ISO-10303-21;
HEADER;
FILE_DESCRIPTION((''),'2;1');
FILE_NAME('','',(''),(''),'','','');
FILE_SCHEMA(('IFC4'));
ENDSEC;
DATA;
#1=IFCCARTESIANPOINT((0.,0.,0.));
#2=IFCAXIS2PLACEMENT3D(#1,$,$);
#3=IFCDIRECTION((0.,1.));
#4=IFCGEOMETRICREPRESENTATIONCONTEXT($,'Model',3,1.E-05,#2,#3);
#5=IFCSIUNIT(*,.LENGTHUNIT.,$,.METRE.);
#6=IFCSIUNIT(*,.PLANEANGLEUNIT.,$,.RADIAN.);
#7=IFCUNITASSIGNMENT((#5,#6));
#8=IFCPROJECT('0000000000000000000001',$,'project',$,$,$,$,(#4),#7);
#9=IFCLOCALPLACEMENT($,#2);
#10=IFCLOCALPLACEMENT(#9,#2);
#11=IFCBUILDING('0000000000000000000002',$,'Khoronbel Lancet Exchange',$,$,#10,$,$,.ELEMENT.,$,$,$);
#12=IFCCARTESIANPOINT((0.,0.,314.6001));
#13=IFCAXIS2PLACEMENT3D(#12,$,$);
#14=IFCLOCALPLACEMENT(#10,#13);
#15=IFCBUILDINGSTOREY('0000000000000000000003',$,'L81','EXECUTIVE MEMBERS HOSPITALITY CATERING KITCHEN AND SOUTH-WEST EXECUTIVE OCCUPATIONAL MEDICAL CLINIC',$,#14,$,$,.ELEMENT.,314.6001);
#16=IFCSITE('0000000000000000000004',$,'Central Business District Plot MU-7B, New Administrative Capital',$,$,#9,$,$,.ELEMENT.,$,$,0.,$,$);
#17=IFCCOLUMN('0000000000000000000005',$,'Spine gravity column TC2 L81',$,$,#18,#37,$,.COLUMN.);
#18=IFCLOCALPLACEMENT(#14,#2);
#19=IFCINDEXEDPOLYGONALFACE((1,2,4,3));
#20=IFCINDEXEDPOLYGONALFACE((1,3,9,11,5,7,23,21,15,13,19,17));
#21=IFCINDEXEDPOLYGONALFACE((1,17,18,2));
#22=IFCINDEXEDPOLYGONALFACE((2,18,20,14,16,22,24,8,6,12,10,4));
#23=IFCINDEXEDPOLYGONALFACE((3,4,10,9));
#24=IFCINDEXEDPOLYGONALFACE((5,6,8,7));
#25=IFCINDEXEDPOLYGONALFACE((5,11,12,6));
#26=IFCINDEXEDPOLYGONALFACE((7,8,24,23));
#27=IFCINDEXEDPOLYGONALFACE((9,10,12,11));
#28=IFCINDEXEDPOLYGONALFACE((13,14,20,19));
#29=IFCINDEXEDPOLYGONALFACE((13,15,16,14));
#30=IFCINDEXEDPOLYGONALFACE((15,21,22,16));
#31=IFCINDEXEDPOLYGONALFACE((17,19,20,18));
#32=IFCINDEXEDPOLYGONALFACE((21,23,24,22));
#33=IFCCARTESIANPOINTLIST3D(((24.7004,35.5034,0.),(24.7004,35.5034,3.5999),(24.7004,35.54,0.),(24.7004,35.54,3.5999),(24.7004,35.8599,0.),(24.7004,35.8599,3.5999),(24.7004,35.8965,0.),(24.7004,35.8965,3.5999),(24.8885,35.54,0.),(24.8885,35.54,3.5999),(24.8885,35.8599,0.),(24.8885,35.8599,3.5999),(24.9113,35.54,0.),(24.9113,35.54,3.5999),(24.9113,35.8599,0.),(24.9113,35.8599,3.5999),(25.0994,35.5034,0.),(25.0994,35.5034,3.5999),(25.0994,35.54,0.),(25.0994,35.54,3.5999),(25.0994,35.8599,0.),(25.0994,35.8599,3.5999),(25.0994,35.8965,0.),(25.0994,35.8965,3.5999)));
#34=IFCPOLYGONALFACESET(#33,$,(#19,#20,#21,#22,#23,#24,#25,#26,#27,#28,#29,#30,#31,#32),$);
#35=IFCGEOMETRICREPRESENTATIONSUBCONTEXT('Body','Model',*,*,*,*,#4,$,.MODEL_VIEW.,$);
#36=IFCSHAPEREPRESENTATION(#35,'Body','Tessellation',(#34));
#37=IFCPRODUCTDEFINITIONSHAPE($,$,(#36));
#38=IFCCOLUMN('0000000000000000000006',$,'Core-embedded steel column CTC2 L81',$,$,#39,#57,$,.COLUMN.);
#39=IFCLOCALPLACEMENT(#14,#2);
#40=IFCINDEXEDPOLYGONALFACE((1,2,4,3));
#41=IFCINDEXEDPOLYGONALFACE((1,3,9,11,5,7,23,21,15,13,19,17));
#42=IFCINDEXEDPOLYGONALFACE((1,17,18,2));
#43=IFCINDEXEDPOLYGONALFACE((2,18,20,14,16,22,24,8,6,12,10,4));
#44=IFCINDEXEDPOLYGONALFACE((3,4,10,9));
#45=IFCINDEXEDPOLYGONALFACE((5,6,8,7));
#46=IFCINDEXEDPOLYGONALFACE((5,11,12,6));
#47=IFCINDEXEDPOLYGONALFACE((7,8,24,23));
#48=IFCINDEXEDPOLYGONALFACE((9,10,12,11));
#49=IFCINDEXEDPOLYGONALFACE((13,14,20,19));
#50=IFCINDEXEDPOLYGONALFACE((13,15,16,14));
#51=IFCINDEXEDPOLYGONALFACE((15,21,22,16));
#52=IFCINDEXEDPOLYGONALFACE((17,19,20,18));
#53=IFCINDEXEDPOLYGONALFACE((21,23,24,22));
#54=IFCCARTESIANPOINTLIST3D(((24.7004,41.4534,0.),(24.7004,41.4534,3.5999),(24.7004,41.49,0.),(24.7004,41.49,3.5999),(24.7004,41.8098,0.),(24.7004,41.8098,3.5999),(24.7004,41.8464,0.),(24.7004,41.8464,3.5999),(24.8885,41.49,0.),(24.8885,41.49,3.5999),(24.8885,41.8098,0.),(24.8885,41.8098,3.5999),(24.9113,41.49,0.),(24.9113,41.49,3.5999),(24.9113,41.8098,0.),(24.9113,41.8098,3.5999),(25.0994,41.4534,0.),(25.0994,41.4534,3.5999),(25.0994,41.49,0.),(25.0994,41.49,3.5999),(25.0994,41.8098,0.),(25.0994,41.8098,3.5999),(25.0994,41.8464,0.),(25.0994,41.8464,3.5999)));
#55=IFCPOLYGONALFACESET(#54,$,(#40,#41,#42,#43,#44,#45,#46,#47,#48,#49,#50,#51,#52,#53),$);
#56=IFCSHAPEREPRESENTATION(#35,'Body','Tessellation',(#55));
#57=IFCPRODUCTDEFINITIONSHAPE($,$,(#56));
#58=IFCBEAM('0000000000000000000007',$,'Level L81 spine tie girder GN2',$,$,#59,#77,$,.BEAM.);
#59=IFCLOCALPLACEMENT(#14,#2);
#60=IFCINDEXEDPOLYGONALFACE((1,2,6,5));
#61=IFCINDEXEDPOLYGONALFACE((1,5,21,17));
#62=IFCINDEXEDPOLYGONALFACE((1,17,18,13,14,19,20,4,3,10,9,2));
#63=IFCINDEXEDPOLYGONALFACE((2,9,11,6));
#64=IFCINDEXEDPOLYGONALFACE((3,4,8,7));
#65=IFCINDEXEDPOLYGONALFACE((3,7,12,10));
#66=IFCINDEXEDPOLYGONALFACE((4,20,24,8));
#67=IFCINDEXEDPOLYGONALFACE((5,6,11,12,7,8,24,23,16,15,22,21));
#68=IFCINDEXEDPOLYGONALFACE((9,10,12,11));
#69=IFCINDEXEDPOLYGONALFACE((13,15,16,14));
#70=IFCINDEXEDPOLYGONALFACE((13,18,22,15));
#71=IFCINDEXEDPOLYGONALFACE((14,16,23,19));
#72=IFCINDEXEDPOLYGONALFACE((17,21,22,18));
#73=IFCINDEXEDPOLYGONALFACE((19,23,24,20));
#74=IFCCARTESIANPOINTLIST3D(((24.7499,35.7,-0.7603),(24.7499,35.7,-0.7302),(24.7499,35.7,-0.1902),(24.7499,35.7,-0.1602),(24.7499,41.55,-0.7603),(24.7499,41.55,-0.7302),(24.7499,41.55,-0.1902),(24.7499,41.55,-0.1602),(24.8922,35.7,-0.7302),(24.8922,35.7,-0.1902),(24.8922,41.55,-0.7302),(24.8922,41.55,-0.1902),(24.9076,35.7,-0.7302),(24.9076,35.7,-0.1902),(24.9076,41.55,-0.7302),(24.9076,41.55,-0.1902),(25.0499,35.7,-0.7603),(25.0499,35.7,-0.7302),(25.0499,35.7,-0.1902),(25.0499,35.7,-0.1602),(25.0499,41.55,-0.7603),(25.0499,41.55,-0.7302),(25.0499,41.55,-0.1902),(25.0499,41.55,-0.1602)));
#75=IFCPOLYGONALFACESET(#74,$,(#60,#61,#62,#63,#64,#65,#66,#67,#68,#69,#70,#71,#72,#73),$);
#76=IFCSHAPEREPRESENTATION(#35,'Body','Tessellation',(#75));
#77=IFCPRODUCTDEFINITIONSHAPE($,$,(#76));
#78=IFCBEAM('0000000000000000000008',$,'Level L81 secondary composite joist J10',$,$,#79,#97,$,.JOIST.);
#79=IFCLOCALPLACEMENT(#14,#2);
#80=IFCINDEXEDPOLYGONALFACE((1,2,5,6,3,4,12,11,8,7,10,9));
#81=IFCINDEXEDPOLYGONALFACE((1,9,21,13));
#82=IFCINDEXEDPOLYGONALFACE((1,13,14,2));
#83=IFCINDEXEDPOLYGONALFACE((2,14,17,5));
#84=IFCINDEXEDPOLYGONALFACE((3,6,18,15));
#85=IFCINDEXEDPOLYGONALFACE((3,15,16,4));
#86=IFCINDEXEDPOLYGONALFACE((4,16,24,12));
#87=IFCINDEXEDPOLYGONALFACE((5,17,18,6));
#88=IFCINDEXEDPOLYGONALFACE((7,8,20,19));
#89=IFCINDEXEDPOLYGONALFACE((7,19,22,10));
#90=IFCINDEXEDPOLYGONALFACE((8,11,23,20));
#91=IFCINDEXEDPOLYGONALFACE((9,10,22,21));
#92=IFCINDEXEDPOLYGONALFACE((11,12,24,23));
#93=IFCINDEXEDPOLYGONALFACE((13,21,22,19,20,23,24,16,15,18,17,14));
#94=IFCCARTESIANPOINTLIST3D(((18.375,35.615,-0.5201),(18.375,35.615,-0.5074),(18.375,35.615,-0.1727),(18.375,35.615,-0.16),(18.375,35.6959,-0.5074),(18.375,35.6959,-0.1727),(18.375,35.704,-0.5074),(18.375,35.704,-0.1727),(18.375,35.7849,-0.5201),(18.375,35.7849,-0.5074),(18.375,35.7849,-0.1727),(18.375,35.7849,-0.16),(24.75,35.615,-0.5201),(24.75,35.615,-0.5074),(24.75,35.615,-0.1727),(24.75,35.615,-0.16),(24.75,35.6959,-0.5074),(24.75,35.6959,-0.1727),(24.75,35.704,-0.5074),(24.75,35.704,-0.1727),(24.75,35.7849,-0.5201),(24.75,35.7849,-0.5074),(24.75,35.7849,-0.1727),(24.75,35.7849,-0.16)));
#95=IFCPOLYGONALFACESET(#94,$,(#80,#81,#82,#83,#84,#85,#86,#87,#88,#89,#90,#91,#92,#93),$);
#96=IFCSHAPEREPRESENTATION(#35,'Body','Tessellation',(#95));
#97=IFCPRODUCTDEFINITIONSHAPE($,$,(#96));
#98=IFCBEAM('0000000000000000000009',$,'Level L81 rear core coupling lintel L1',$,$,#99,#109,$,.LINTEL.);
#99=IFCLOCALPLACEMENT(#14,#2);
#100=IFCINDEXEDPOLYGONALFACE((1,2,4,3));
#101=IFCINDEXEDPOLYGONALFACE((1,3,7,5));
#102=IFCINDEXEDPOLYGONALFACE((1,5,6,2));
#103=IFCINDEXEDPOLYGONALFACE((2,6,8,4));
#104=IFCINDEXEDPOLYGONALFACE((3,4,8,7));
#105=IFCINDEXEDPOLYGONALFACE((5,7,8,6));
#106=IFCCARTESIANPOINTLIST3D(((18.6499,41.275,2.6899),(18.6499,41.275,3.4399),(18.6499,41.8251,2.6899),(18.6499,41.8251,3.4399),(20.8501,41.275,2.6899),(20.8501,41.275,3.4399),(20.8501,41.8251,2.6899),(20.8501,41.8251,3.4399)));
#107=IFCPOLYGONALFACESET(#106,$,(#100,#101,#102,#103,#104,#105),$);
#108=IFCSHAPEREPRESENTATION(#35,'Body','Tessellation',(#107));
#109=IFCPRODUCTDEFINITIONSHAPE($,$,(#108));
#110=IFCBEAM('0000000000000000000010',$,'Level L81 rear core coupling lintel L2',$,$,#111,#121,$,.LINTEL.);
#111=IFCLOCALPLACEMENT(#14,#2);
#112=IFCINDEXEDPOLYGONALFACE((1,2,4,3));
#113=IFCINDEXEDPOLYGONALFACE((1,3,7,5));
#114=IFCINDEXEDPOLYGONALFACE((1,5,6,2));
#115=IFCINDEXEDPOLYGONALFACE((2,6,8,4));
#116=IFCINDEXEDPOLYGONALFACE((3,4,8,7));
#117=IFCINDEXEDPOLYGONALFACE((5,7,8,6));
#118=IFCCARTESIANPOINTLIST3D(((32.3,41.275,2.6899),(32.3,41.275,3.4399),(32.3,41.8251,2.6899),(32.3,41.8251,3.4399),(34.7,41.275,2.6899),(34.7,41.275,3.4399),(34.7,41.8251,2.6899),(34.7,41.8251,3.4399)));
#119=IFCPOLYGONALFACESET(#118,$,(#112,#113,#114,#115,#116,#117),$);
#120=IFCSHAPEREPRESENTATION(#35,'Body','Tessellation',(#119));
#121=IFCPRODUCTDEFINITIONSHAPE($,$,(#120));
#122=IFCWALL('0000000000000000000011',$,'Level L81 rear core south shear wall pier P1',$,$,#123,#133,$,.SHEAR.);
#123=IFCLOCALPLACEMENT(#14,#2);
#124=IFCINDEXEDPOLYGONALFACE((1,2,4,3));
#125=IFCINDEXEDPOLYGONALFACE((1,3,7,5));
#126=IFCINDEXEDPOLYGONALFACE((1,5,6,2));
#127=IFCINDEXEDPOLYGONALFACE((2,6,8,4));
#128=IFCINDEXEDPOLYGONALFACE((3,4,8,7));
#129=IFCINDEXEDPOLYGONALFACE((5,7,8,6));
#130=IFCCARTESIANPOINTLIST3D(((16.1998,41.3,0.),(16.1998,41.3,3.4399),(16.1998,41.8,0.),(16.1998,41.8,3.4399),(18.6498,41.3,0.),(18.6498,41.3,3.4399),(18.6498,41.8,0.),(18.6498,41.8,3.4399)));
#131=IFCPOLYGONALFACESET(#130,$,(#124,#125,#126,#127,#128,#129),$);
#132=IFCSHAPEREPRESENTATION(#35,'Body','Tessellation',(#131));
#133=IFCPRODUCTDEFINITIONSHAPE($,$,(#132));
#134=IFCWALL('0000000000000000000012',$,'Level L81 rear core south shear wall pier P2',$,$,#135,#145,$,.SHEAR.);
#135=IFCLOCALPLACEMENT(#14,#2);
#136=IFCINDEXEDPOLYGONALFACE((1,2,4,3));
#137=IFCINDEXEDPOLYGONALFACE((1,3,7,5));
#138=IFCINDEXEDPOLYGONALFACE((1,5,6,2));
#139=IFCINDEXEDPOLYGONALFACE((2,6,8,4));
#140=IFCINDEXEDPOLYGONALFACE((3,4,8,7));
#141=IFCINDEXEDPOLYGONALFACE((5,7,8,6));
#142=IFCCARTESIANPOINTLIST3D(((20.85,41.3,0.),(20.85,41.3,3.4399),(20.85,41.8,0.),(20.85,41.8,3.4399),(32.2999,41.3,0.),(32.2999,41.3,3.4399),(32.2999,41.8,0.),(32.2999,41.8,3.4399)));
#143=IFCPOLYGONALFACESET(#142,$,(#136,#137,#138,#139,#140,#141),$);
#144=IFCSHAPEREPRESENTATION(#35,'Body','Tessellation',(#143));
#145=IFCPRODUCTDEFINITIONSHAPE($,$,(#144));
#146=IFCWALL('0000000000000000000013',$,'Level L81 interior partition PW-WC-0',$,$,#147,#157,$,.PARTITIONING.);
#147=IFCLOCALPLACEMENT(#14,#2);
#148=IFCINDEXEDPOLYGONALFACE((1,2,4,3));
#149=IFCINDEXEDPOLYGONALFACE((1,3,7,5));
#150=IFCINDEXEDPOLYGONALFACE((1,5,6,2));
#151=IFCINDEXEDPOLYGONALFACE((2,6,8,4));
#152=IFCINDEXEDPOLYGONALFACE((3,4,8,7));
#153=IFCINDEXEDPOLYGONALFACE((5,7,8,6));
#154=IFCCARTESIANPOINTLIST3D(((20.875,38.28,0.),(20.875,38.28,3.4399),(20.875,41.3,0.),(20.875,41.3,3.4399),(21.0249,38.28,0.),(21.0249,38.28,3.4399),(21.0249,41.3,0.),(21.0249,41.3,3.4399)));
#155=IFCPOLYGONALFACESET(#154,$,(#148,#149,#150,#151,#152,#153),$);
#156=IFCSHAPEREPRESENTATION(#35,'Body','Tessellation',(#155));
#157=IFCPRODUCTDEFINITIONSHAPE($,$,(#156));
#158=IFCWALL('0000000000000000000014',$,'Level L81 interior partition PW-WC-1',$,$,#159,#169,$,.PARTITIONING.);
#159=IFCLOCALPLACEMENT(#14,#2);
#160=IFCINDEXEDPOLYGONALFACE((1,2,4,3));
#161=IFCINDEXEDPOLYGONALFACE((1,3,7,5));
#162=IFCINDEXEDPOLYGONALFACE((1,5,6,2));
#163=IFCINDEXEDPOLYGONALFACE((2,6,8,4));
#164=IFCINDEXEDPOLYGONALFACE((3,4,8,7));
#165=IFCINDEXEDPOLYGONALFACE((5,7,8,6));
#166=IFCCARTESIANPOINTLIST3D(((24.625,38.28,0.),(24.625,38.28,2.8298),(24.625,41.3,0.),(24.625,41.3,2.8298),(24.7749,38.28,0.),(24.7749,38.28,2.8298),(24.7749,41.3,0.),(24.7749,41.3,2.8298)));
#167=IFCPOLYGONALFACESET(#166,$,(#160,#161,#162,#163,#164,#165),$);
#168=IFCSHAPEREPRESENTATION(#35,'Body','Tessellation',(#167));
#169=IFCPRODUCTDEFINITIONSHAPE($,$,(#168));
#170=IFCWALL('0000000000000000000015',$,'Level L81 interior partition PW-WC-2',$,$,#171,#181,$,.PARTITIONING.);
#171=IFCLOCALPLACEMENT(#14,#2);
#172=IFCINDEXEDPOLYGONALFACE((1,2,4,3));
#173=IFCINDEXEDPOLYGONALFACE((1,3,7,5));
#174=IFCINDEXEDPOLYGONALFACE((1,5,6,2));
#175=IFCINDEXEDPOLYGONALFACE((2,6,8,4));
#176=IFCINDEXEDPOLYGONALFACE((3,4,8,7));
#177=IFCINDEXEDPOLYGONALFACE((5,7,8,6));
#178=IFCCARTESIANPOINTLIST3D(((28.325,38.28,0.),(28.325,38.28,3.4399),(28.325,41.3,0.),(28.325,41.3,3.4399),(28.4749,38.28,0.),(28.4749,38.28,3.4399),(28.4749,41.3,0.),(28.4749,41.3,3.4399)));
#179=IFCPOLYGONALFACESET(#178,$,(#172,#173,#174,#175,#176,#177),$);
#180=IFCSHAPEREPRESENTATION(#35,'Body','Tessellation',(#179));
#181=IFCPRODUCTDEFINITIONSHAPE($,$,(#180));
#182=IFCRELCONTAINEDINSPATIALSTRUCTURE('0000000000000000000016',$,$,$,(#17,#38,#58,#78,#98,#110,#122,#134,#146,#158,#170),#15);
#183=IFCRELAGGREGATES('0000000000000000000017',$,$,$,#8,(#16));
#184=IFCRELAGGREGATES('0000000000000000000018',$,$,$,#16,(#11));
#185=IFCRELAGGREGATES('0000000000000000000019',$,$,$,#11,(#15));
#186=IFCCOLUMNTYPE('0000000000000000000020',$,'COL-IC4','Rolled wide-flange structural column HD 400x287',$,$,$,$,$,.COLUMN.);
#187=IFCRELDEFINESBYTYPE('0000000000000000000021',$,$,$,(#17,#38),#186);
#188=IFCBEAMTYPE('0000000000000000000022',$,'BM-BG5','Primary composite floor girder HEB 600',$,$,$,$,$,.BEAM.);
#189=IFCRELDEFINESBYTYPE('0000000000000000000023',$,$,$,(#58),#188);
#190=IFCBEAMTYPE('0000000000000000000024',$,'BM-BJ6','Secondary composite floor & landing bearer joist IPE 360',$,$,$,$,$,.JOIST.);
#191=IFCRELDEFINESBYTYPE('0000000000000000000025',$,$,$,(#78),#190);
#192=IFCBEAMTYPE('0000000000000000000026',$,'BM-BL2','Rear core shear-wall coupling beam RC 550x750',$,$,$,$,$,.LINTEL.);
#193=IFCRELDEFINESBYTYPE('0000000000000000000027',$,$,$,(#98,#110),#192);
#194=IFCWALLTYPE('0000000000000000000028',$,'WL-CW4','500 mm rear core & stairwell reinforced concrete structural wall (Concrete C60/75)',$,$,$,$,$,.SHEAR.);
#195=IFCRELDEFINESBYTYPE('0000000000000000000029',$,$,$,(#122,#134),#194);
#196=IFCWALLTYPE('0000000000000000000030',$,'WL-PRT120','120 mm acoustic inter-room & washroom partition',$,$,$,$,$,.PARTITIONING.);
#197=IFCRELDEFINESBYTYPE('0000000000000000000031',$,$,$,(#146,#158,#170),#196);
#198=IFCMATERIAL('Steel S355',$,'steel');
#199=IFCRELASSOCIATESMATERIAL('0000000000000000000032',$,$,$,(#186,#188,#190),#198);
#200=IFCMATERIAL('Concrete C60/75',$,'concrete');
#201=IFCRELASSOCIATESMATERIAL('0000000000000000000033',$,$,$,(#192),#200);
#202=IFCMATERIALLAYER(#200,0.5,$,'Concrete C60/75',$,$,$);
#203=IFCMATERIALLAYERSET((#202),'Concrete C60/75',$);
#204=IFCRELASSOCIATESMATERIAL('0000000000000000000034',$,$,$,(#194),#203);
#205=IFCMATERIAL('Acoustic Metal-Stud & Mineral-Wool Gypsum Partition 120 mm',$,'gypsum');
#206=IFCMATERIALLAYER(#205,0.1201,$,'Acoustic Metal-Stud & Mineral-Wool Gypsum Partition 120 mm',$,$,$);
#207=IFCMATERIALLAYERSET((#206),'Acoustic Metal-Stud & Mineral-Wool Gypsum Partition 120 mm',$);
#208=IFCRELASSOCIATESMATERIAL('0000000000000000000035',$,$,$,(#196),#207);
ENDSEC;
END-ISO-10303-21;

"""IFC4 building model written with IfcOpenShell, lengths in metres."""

from ifc_helpers import new_model, si_unit, direction, frame, frame_2d, origin, origin_2d, place, context, subcontext, project, spatial, rectangle, i_section, extrude, material, layer, layer_set, material_profile, profile_set, type_object, element, save


model = new_model("IFC4")

# Units and contexts
model_context = context("Model", 3, precision=1e-05, world=origin(), true_north=direction((0.0, 1.0)))
body_context = subcontext(model_context, "Body", "Model", "MODEL_VIEW")
ifc_project = project(units=[si_unit("LENGTHUNIT", "METRE"), si_unit("PLANEANGLEUNIT", "RADIAN")], contexts=[model_context])

# Site, building, storey
site_placement = place(None, origin())
site = spatial("IfcSite", under=ifc_project, at=site_placement, Name="Central Business District Plot MU-7B, New Administrative Capital", CompositionType="ELEMENT", RefElevation=0.0)
building_placement = place(site_placement, origin())
building = spatial("IfcBuilding", under=site, at=building_placement, Name="Khoronbel Lancet Exchange", CompositionType="ELEMENT")
storey_placement = place(building_placement, frame((0.0, 0.0, 314.6001)))
storey = spatial("IfcBuildingStorey", under=building, at=storey_placement, Name="L81", Description="EXECUTIVE MEMBERS HOSPITALITY CATERING KITCHEN AND SOUTH-WEST EXECUTIVE OCCUPATIONAL MEDICAL CLINIC", CompositionType="ELEMENT", Elevation=314.6001)

# Columns
ifc_material_1 = material(Name="Steel S355", Category="steel")
ifc_material_profile_1 = material_profile(ifc_material_1, i_section(OverallWidth=0.3989, OverallDepth=0.3931, WebThickness=0.0227, FlangeThickness=0.0366, at=origin_2d()), Name="HD 400x287")
ifc_profile_set_1 = profile_set([ifc_material_profile_1], Name="Steel S355")
column_type = type_object("IfcColumnType", Name="COL-IC4", Description="Rolled wide-flange structural column HD 400x287", PredefinedType="COLUMN", material=ifc_profile_set_1)
for number, where, z_axis, x_axis, name in (
    (1, (24.8999, 35.7, 0.0), (0.0, 0.0, 1.0), (1.0, 0.0, 0.0), "Spine gravity column TC2 L81"),
    (2, (24.8999, 41.6499, 0.0), (0.0, 0.0, 1.0), (1.0, 0.0, 0.0), "Core-embedded steel column CTC2 L81"),
):
    element("IfcColumn", number, at=place(storey_placement, frame(where, z_axis=z_axis, x_axis=x_axis)), inside=storey, type_object=column_type, Name=name, PredefinedType="COLUMN", context=body_context, shape_type="SweptSolid", body=[
        extrude(i_section(OverallWidth=0.3989, OverallDepth=0.3931, WebThickness=0.0227, FlangeThickness=0.0366, at=origin_2d()), origin(), (0.0, 0.0, 1.0), 3.5999),
    ])

# Beams
ifc_material_profile_2 = material_profile(ifc_material_1, i_section(OverallWidth=0.3, OverallDepth=0.6001, WebThickness=0.0154, FlangeThickness=0.03, at=origin_2d()), Name="HEB 600")
ifc_profile_set_2 = profile_set([ifc_material_profile_2], Name="Steel S355")
beam_type_1 = type_object("IfcBeamType", Name="BM-BG5", Description="Primary composite floor girder HEB 600", PredefinedType="BEAM", material=ifc_profile_set_2)
beam_1_placement = place(storey_placement, frame((24.8999, 35.7, -0.4602), z_axis=(0.0, 1.0, 0.0), x_axis=(-1.0, 0.0, 0.0)))
element("IfcBeam", 3, at=beam_1_placement, inside=storey, type_object=beam_type_1, Name="Level L81 spine tie girder GN2", PredefinedType="BEAM", context=body_context, shape_type="SweptSolid", body=[
    extrude(i_section(OverallWidth=0.3, OverallDepth=0.6001, WebThickness=0.0154, FlangeThickness=0.03, at=origin_2d()), origin(), (0.0, 0.0, 1.0), 5.8501),
])
ifc_material_profile_3 = material_profile(ifc_material_1, i_section(OverallWidth=0.1699, OverallDepth=0.3601, WebThickness=0.0081, FlangeThickness=0.0127, at=origin_2d()), Name="IPE 360")
ifc_profile_set_3 = profile_set([ifc_material_profile_3], Name="Steel S355")
beam_type_2 = type_object("IfcBeamType", Name="BM-BJ6", Description="Secondary composite floor & landing bearer joist IPE 360", PredefinedType="JOIST", material=ifc_profile_set_3)
beam_2_placement = place(storey_placement, frame((18.375, 35.7, -0.3401), z_axis=(1.0, 0.0, 0.0), x_axis=(0.0, 1.0, 0.0)))
element("IfcBeam", 4, at=beam_2_placement, inside=storey, type_object=beam_type_2, Name="Level L81 secondary composite joist J10", PredefinedType="JOIST", context=body_context, shape_type="SweptSolid", body=[
    extrude(i_section(OverallWidth=0.1699, OverallDepth=0.3601, WebThickness=0.0081, FlangeThickness=0.0127, at=origin_2d()), origin(), (0.0, 0.0, 1.0), 6.375),
])
ifc_material_2 = material(Name="Concrete C60/75", Category="concrete")
ifc_material_profile_4 = material_profile(ifc_material_2, rectangle(XDim=0.55, YDim=0.75, at=origin_2d()), Name="RC 550x750")
ifc_profile_set_4 = profile_set([ifc_material_profile_4], Name="Concrete C60/75")
beam_type_3 = type_object("IfcBeamType", Name="BM-BL2", Description="Rear core shear-wall coupling beam RC 550x750", PredefinedType="LINTEL", material=ifc_profile_set_4)
beam_3_placement = place(storey_placement, frame((18.6499, 41.55, 3.0649), z_axis=(1.0, 0.0, 0.0), x_axis=(0.0, 1.0, 0.0)))
element("IfcBeam", 5, at=beam_3_placement, inside=storey, type_object=beam_type_3, Name="Level L81 rear core coupling lintel L1", PredefinedType="LINTEL", context=body_context, shape_type="SweptSolid", body=[
    extrude(rectangle(XDim=0.55, YDim=0.75, at=origin_2d()), origin(), (0.0, 0.0, 1.0), 2.2002),
])
beam_4_placement = place(storey_placement, frame((32.3, 41.55, 3.0649), z_axis=(1.0, 0.0, 0.0), x_axis=(0.0, 1.0, 0.0)))
element("IfcBeam", 6, at=beam_4_placement, inside=storey, type_object=beam_type_3, Name="Level L81 rear core coupling lintel L2", PredefinedType="LINTEL", context=body_context, shape_type="SweptSolid", body=[
    extrude(rectangle(XDim=0.55, YDim=0.75, at=origin_2d()), origin(), (0.0, 0.0, 1.0), 2.3999),
])

# Walls
ifc_layer_1 = layer(ifc_material_2, 0.5, Name="Concrete C60/75")
ifc_layer_set_1 = layer_set([ifc_layer_1], Name="Concrete C60/75")
wall_type_1 = type_object("IfcWallType", Name="WL-CW4", Description="500 mm rear core & stairwell reinforced concrete structural wall (Concrete C60/75)", PredefinedType="SHEAR", material=ifc_layer_set_1)
wall_1_placement = place(storey_placement, frame((18.6499, 41.55, 0.0), z_axis=(0.0, 0.0, 1.0), x_axis=(-1.0, 0.0, 0.0)))
element("IfcWall", 7, at=wall_1_placement, inside=storey, type_object=wall_type_1, Name="Level L81 rear core south shear wall pier P1", PredefinedType="SHEAR", context=body_context, shape_type="SweptSolid", body=[
    extrude(rectangle(XDim=2.45, YDim=0.5, at=frame_2d((1.2251, 0.0))), origin(), (0.0, 0.0, 1.0), 3.4399),
])
wall_2_placement = place(storey_placement, frame((32.3, 41.55, 0.0), z_axis=(0.0, 0.0, 1.0), x_axis=(-1.0, 0.0, 0.0)))
element("IfcWall", 8, at=wall_2_placement, inside=storey, type_object=wall_type_1, Name="Level L81 rear core south shear wall pier P2", PredefinedType="SHEAR", context=body_context, shape_type="SweptSolid", body=[
    extrude(rectangle(XDim=11.45, YDim=0.5, at=frame_2d((5.7251, 0.0))), origin(), (0.0, 0.0, 1.0), 3.4399),
])
ifc_material_3 = material(Name="Acoustic Metal-Stud & Mineral-Wool Gypsum Partition 120 mm", Category="gypsum")
ifc_layer_2 = layer(ifc_material_3, 0.1201, Name="Acoustic Metal-Stud & Mineral-Wool Gypsum Partition 120 mm")
ifc_layer_set_2 = layer_set([ifc_layer_2], Name="Acoustic Metal-Stud & Mineral-Wool Gypsum Partition 120 mm")
wall_type_2 = type_object("IfcWallType", Name="WL-PRT120", Description="120 mm acoustic inter-room & washroom partition", PredefinedType="PARTITIONING", material=ifc_layer_set_2)
wall_3_placement = place(storey_placement, frame((20.95, 38.28, 0.0), z_axis=(0.0, 0.0, 1.0), x_axis=(0.0, 1.0, 0.0)))
element("IfcWall", 9, at=wall_3_placement, inside=storey, type_object=wall_type_2, Name="Level L81 interior partition PW-WC-0", PredefinedType="PARTITIONING", context=body_context, shape_type="SweptSolid", body=[
    extrude(rectangle(XDim=3.02, YDim=0.1499, at=frame_2d((1.51, 0.0))), origin(), (0.0, 0.0, 1.0), 3.4399),
])
wall_4_placement = place(storey_placement, frame((24.7, 38.28, 0.0), z_axis=(0.0, 0.0, 1.0), x_axis=(0.0, 1.0, 0.0)))
element("IfcWall", 10, at=wall_4_placement, inside=storey, type_object=wall_type_2, Name="Level L81 interior partition PW-WC-1", PredefinedType="PARTITIONING", context=body_context, shape_type="SweptSolid", body=[
    extrude(rectangle(XDim=3.02, YDim=0.1499, at=frame_2d((1.51, 0.0))), origin(), (0.0, 0.0, 1.0), 2.8298),
])
for number, where, z_axis, x_axis, name in (
    (11, (28.3999, 38.28, 0.0), (0.0, 0.0, 1.0), (0.0, 1.0, 0.0), "Level L81 interior partition PW-WC-2"),
):
    element("IfcWall", number, at=place(storey_placement, frame(where, z_axis=z_axis, x_axis=x_axis)), inside=storey, type_object=wall_type_2, Name=name, PredefinedType="PARTITIONING", context=body_context, shape_type="SweptSolid", body=[
        extrude(rectangle(XDim=3.02, YDim=0.1499, at=frame_2d((1.51, 0.0))), origin(), (0.0, 0.0, 1.0), 3.4399),
    ])

save(model, "model.ifc")
